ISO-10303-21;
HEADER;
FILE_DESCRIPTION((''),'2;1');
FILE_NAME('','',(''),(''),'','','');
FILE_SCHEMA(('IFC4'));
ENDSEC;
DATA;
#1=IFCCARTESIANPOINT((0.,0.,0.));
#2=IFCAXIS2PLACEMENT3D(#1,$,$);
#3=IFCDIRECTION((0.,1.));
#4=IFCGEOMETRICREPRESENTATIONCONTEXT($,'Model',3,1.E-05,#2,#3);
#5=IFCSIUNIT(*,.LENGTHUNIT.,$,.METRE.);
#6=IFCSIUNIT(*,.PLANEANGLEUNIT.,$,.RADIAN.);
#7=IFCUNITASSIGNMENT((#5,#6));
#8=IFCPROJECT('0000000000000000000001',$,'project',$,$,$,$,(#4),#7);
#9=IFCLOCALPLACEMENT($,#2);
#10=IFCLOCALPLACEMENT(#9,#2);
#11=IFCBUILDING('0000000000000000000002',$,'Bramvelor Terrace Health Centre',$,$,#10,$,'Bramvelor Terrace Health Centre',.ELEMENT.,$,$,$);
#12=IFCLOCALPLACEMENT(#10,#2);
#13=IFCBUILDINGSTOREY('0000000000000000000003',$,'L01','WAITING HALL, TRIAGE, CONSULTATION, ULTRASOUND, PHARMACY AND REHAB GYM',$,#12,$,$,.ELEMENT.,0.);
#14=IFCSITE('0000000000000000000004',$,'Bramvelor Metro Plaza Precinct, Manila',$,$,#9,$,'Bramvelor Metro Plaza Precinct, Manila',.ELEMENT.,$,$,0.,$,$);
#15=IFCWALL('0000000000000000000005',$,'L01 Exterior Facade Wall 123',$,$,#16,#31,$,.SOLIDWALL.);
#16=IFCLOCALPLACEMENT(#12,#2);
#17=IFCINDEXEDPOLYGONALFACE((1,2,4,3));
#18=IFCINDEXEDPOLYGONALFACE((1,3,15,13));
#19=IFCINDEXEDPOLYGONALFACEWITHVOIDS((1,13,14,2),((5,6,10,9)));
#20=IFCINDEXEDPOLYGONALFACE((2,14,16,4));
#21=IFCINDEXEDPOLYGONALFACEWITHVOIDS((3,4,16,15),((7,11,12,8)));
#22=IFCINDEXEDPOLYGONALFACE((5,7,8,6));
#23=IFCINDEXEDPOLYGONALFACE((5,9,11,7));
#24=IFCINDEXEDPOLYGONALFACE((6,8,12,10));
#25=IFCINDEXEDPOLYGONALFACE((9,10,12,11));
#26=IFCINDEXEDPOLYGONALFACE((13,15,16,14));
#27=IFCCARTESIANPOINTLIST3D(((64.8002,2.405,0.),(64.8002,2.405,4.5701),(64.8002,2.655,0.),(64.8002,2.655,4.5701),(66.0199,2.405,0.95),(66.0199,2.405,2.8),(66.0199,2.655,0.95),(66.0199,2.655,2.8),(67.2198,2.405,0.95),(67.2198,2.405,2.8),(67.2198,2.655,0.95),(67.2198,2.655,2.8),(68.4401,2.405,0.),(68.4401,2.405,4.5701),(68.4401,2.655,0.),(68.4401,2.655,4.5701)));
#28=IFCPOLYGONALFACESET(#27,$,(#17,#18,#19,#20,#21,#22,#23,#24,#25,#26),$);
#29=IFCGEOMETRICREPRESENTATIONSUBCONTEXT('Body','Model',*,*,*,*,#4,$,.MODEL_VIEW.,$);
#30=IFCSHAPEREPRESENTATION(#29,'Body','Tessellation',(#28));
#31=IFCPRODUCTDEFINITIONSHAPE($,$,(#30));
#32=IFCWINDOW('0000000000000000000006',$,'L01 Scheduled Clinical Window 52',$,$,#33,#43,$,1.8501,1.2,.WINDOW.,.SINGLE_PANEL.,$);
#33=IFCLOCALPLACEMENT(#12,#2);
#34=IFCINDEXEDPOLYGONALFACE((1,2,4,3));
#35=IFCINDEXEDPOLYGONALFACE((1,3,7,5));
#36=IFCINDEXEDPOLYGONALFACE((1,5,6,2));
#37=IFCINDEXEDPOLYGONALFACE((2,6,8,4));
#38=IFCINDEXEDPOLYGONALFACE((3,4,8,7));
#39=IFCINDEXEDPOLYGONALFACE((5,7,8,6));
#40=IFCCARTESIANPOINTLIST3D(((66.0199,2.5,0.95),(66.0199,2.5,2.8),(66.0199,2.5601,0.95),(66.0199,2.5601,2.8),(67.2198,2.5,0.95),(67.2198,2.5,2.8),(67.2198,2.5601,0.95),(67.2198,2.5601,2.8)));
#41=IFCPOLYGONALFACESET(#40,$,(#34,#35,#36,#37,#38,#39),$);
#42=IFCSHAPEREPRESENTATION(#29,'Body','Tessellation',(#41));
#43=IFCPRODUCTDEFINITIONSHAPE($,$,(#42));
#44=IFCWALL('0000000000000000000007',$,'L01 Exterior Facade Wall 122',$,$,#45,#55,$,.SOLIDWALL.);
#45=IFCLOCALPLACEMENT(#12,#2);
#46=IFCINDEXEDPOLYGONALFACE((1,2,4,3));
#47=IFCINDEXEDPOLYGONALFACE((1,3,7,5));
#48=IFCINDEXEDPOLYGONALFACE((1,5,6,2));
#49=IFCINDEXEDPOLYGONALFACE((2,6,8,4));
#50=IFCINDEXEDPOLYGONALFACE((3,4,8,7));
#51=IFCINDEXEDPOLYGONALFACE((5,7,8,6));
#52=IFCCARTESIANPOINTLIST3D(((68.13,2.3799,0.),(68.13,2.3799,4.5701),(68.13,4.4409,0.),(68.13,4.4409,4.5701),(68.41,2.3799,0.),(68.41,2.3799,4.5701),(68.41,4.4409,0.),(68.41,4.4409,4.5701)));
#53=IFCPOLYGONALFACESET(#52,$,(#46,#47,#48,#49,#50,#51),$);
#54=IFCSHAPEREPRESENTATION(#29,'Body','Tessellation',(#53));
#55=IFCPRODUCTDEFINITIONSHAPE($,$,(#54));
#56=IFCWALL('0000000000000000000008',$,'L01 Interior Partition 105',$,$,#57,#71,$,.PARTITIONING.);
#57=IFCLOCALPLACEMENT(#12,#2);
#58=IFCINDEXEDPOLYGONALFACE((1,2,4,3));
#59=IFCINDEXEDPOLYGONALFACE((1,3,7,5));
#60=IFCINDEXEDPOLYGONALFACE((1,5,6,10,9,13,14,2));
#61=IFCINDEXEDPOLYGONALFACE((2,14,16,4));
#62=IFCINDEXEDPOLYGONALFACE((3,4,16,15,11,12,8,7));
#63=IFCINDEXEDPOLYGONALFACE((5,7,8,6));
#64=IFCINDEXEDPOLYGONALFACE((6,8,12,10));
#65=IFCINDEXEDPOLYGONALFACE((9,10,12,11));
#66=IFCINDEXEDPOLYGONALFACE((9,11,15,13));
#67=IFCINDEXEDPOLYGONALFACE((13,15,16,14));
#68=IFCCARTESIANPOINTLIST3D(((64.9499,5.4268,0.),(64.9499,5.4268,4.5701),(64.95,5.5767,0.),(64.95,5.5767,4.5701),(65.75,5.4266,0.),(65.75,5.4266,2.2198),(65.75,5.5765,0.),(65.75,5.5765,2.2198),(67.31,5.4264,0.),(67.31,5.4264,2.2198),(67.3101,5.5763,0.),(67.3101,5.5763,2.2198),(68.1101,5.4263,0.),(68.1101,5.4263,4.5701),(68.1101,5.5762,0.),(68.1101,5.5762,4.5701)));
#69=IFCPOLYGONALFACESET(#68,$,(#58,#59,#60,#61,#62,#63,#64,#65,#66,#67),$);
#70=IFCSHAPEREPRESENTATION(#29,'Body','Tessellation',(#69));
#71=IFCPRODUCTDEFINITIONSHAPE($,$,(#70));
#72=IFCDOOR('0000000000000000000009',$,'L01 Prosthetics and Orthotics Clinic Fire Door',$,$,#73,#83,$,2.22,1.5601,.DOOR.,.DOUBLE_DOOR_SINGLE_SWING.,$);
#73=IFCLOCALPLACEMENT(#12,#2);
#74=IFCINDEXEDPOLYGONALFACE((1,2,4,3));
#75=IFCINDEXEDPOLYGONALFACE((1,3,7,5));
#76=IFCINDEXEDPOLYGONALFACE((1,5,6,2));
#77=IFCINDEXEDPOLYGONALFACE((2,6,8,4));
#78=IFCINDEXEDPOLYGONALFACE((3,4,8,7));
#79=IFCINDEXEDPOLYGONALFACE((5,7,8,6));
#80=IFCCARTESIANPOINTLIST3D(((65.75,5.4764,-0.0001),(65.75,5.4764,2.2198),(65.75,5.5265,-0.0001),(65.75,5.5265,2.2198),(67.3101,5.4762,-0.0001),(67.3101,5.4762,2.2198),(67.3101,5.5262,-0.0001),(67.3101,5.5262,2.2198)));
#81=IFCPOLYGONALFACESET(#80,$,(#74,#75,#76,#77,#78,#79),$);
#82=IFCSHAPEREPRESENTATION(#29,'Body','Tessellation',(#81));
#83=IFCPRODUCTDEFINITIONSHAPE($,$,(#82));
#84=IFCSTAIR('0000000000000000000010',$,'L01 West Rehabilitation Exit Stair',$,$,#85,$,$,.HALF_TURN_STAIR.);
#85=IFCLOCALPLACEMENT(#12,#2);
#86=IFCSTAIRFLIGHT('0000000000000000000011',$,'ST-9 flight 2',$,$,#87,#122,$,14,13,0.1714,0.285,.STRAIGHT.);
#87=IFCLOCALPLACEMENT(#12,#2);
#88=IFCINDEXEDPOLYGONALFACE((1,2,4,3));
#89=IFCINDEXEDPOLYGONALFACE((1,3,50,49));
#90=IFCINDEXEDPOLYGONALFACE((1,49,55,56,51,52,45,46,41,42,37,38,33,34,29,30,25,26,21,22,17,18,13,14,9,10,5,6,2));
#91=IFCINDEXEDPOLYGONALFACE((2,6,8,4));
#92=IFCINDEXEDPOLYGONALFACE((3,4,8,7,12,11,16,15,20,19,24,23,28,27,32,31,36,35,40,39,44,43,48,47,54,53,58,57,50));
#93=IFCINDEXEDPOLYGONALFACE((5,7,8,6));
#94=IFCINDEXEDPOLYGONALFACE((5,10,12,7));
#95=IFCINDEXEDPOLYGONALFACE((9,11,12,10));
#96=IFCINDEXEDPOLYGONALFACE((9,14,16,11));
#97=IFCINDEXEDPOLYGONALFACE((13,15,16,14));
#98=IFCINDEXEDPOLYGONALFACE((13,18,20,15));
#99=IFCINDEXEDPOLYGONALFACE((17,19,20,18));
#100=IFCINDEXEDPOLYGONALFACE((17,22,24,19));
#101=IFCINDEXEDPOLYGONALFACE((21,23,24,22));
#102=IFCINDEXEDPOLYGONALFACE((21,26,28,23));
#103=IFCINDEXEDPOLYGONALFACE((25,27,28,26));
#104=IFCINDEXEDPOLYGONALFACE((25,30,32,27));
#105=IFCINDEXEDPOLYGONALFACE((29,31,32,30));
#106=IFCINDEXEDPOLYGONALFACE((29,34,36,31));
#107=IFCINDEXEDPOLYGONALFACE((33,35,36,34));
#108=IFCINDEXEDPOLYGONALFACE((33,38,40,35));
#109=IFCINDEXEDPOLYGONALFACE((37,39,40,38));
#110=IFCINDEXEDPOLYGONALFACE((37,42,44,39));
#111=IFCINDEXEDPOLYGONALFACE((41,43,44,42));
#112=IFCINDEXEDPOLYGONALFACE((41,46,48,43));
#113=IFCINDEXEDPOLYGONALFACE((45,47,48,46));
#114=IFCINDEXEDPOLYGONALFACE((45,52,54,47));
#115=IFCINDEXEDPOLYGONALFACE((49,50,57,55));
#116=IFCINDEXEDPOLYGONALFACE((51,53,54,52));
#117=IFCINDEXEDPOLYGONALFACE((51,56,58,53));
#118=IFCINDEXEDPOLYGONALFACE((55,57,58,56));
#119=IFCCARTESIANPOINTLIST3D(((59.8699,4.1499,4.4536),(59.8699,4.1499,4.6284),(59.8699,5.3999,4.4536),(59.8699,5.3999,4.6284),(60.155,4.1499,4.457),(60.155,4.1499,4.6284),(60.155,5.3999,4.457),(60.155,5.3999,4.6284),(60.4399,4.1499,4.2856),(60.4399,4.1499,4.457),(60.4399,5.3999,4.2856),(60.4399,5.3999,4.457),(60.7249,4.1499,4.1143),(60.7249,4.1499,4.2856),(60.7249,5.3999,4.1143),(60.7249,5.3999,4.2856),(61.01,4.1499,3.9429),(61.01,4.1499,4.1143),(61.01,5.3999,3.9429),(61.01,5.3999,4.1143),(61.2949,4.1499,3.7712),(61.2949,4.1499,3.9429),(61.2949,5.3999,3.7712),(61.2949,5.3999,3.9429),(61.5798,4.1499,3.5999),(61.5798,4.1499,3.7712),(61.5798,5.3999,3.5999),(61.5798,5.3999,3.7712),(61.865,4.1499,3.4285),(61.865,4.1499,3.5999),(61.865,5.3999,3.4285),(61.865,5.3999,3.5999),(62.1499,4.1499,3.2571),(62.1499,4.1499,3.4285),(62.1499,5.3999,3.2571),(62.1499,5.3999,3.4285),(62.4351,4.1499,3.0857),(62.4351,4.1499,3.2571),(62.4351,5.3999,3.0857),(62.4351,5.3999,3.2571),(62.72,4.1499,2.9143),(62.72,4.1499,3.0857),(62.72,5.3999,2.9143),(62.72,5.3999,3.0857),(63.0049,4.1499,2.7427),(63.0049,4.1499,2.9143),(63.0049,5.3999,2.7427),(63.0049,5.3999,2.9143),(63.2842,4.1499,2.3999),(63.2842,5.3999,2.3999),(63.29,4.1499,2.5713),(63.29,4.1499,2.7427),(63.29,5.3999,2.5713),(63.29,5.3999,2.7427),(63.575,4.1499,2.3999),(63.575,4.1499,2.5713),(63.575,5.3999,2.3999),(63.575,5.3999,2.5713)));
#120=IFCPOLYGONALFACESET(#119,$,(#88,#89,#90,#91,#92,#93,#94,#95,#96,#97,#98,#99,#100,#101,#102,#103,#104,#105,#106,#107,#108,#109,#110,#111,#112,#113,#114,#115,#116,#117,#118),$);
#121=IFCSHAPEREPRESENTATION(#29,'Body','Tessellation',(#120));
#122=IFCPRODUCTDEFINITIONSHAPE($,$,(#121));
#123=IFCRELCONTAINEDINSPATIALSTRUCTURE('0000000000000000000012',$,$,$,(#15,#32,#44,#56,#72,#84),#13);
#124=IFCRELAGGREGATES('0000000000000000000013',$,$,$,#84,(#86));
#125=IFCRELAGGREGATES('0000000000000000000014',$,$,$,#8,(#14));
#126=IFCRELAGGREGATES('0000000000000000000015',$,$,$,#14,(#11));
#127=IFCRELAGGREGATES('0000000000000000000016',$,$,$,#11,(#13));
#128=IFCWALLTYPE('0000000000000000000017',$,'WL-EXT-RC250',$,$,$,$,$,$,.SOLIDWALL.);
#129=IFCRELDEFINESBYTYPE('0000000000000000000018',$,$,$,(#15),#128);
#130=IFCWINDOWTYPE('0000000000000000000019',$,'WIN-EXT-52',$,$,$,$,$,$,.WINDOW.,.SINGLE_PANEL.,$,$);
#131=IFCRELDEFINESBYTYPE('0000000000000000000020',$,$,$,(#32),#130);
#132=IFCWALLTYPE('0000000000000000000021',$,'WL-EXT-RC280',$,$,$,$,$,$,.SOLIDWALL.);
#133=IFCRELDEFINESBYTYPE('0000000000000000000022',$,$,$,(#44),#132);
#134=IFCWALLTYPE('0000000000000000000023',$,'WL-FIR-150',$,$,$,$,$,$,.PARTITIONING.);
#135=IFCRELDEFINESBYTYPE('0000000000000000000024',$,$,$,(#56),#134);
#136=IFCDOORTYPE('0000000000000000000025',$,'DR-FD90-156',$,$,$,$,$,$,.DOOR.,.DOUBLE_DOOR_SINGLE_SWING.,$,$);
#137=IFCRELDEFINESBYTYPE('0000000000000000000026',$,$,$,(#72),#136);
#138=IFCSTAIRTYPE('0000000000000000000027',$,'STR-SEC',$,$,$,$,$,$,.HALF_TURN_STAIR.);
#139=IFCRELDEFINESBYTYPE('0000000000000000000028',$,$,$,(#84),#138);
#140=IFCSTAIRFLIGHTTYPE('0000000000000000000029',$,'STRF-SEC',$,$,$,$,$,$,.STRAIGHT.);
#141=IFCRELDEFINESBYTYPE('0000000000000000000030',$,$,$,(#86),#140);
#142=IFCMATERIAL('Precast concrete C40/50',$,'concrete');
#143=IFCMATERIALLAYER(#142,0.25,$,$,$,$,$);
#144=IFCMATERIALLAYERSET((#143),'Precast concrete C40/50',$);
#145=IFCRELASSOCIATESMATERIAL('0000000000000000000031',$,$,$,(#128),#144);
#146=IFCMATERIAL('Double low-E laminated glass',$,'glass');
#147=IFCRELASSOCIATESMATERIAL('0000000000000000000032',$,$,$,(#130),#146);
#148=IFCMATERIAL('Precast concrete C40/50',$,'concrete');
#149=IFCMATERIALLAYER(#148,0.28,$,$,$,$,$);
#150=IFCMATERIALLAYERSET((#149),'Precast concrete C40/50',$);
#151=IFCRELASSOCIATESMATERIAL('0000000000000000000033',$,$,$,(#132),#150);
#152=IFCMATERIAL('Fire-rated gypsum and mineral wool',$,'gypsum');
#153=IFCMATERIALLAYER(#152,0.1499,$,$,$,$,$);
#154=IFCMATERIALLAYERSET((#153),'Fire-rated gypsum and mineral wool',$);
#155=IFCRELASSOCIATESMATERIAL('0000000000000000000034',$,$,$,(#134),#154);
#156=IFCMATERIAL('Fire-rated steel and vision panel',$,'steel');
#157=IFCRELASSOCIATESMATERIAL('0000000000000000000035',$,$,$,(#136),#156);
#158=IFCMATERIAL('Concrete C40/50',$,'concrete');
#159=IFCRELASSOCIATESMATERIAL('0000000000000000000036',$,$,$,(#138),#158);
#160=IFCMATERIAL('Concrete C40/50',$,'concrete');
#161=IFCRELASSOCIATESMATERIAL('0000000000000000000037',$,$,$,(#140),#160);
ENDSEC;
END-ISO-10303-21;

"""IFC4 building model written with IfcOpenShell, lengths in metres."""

from ifc_helpers import new_model, si_unit, direction, frame, frame_2d, origin, place, context, subcontext, project, spatial, polyline, rectangle, outline, extrude, material, layer, layer_set, type_object, element, fill, aggregate, save


model = new_model("IFC4")

# Units and contexts
model_context = context("Model", 3, precision=1e-05, world=origin(), true_north=direction((0.0, 1.0)))
body_context = subcontext(model_context, "Body", "Model", "MODEL_VIEW")
ifc_project = project(units=[si_unit("LENGTHUNIT", "METRE"), si_unit("PLANEANGLEUNIT", "RADIAN")], contexts=[model_context])

# Site, building, storey
site_placement = place(None, origin())
site = spatial("IfcSite", under=ifc_project, at=site_placement, Name="Bramvelor Metro Plaza Precinct, Manila", LongName="Bramvelor Metro Plaza Precinct, Manila", CompositionType="ELEMENT", RefElevation=0.0)
building_placement = place(site_placement, origin())
building = spatial("IfcBuilding", under=site, at=building_placement, Name="Bramvelor Terrace Health Centre", LongName="Bramvelor Terrace Health Centre", CompositionType="ELEMENT")
storey_placement = place(building_placement, origin())
storey = spatial("IfcBuildingStorey", under=building, at=storey_placement, Name="L01", Description="WAITING HALL, TRIAGE, CONSULTATION, ULTRASOUND, PHARMACY AND REHAB GYM", CompositionType="ELEMENT", Elevation=0.0)

# Wall, opening, window
ifc_material_1 = material(Name="Precast concrete C40/50", Category="concrete")
ifc_layer_1 = layer(ifc_material_1, 0.25)
ifc_layer_set_1 = layer_set([ifc_layer_1], Name="Precast concrete C40/50")
wall_type_1 = type_object("IfcWallType", Name="WL-EXT-RC250", PredefinedType="SOLIDWALL", material=ifc_layer_set_1)
wall_1_placement = place(storey_placement, frame((68.4399, 2.53, 0.0), z_axis=(0.0, 0.0, 1.0), x_axis=(-1.0, 0.0, 0.0)))
wall_1 = element("IfcWall", 1, at=wall_1_placement, inside=storey, type_object=wall_type_1, Name="L01 Exterior Facade Wall 123", PredefinedType="SOLIDWALL", context=body_context, shape_type="SweptSolid", body=[
    extrude(rectangle(XDim=3.6399, YDim=0.25, at=frame_2d((1.8198, 0.0))), origin(), (0.0, 0.0, 1.0), 4.5701),
])
opening_1_placement = place(wall_1_placement, frame((1.22, 0.0, 0.95)))
opening_1 = element("IfcOpeningElement", 2, at=opening_1_placement, cuts=wall_1, PredefinedType="OPENING", context=body_context, shape_type="SweptSolid", body=[
    extrude(rectangle(XDim=1.2, YDim=1.8501, at=frame_2d((0.6001, 0.925))), frame((0.0, 0.135, 0.0), z_axis=(0.0, -1.0, 0.0), x_axis=(1.0, 0.0, 0.0)), (0.0, 0.0, 1.0), 0.27),
])
ifc_material_2 = material(Name="Double low-E laminated glass", Category="glass")
window_type_1 = type_object("IfcWindowType", Name="WIN-EXT-52", PartitioningType="SINGLE_PANEL", PredefinedType="WINDOW", material=ifc_material_2)
window_1_placement = place(opening_1_placement, origin())
window_1 = element("IfcWindow", 3, at=window_1_placement, inside=storey, type_object=window_type_1, Name="L01 Scheduled Clinical Window 52", OverallHeight=1.8501, OverallWidth=1.2, PartitioningType="SINGLE_PANEL", PredefinedType="WINDOW", context=body_context, shape_type="SweptSolid", body=[
    extrude(rectangle(XDim=1.2, YDim=1.8501, at=frame_2d((0.6001, 0.925))), frame((0.0, 0.03, 0.0), z_axis=(0.0, -1.0, 0.0), x_axis=(1.0, 0.0, 0.0)), (0.0, 0.0, 1.0), 0.0601),
])
fill(opening_1, window_1)

# Wall
ifc_material_3 = material(Name="Precast concrete C40/50", Category="concrete")
ifc_layer_2 = layer(ifc_material_3, 0.28)
ifc_layer_set_2 = layer_set([ifc_layer_2], Name="Precast concrete C40/50")
wall_type_2 = type_object("IfcWallType", Name="WL-EXT-RC280", PredefinedType="SOLIDWALL", material=ifc_layer_set_2)
wall_2_placement = place(storey_placement, frame((68.27, 4.4409, 0.0), z_axis=(0.0, 0.0, 1.0), x_axis=(0.0, -1.0, 0.0)))
element("IfcWall", 4, at=wall_2_placement, inside=storey, type_object=wall_type_2, Name="L01 Exterior Facade Wall 122", PredefinedType="SOLIDWALL", context=body_context, shape_type="SweptSolid", body=[
    extrude(rectangle(XDim=2.061, YDim=0.28, at=frame_2d((1.0305, 0.0))), origin(), (0.0, 0.0, 1.0), 4.5701),
])

# Wall, opening, door
ifc_material_4 = material(Name="Fire-rated gypsum and mineral wool", Category="gypsum")
ifc_layer_3 = layer(ifc_material_4, 0.1499)
ifc_layer_set_3 = layer_set([ifc_layer_3], Name="Fire-rated gypsum and mineral wool")
wall_type_3 = type_object("IfcWallType", Name="WL-FIR-150", PredefinedType="PARTITIONING", material=ifc_layer_set_3)
wall_3_placement = place(storey_placement, frame((64.95, 5.5017, 0.0), z_axis=(0.0, 0.0, 1.0), x_axis=(1.0, -0.000155, 0.0)))
wall_3 = element("IfcWall", 5, at=wall_3_placement, inside=storey, type_object=wall_type_3, Name="L01 Interior Partition 105", PredefinedType="PARTITIONING", context=body_context, shape_type="SweptSolid", body=[
    extrude(rectangle(XDim=3.1602, YDim=0.1499, at=frame_2d((1.5801, 0.0))), origin(), (0.0, 0.0, 1.0), 4.5701),
])
opening_2_placement = place(wall_3_placement, frame((0.8, 0.0, 0.0)))
opening_2 = element("IfcOpeningElement", 6, at=opening_2_placement, cuts=wall_3, PredefinedType="OPENING", context=body_context, shape_type="SweptSolid", body=[
    extrude(rectangle(XDim=1.5601, YDim=2.22, at=frame_2d((0.78, 1.1099))), frame((0.0, 0.085, 0.0), z_axis=(0.0, -1.0, 0.0), x_axis=(1.0, 0.0, 0.0)), (0.0, 0.0, 1.0), 0.1699),
])
ifc_material_5 = material(Name="Fire-rated steel and vision panel", Category="steel")
door_type = type_object("IfcDoorType", Name="DR-FD90-156", OperationType="DOUBLE_DOOR_SINGLE_SWING", PredefinedType="DOOR", material=ifc_material_5)
door_placement = place(opening_2_placement, origin())
door = element("IfcDoor", 7, at=door_placement, inside=storey, type_object=door_type, Name="L01 Prosthetics and Orthotics Clinic Fire Door", OperationType="DOUBLE_DOOR_SINGLE_SWING", OverallHeight=2.22, OverallWidth=1.5601, PredefinedType="DOOR", context=body_context, shape_type="SweptSolid", body=[
    extrude(rectangle(XDim=1.5601, YDim=2.22, at=frame_2d((0.78, 1.1099))), frame((0.0, 0.0249, 0.0), z_axis=(0.0, -1.0, 0.0), x_axis=(1.0, 0.0, 0.0)), (0.0, 0.0, 1.0), 0.05),
])
fill(opening_2, door)

# Stair, stair flight
ifc_material_6 = material(Name="Concrete C40/50", Category="concrete")
stair_type = type_object("IfcStairType", Name="STR-SEC", PredefinedType="HALF_TURN_STAIR", material=ifc_material_6)
stair_placement = place(storey_placement, origin())
stair = element("IfcStair", 8, at=stair_placement, inside=storey, type_object=stair_type, Name="L01 West Rehabilitation Exit Stair", PredefinedType="HALF_TURN_STAIR")
ifc_material_7 = material(Name="Concrete C40/50", Category="concrete")
stair_flight_type = type_object("IfcStairFlightType", Name="STRF-SEC", PredefinedType="STRAIGHT", material=ifc_material_7)
stair_flight_placement = place(storey_placement, frame((63.575, 4.7749, 2.3999), z_axis=(0.0, 0.0, 1.0), x_axis=(-1.0, 0.0, 0.0)))
stair_flight = element("IfcStairFlight", 9, at=stair_flight_placement, type_object=stair_flight_type, Name="ST-9 flight 2", NumberOfRisers=14, NumberOfTreads=13, PredefinedType="STRAIGHT", RiserHeight=0.1714, TreadLength=0.285, context=body_context, shape_type="SweptSolid", body=[
    extrude(outline(polyline([(0.0, 0.0), (0.0, 0.1714), (0.2849, 0.1714), (0.2849, 0.3428), (0.5701, 0.3428), (0.5701, 0.5144), (0.855, 0.5144), (0.855, 0.6858), (1.1399, 0.6858), (1.1399, 0.8572), (1.425, 0.8572), (1.425, 1.0286), (1.71, 1.0286), (1.71, 1.2), (1.9951, 1.2), (1.9951, 1.3713), (2.28, 1.3713), (2.28, 1.543), (2.5649, 1.543), (2.5649, 1.7144), (2.8501, 1.7144), (2.8501, 1.8857), (3.135, 1.8857), (3.135, 2.0571), (3.4199, 2.0571), (3.4199, 2.2285), (3.7051, 2.2285), (3.7051, 2.3999), (3.7051, 2.0537), (0.2908, 0.0), (0.0, 0.0)])), frame((0.0, 0.625, 0.0), z_axis=(0.0, -1.0, 0.0), x_axis=(1.0, 0.0, 0.0)), (0.0, 0.0, 1.0), 1.25),
])
aggregate(stair, [stair_flight])

save(model, "model.ifc")
